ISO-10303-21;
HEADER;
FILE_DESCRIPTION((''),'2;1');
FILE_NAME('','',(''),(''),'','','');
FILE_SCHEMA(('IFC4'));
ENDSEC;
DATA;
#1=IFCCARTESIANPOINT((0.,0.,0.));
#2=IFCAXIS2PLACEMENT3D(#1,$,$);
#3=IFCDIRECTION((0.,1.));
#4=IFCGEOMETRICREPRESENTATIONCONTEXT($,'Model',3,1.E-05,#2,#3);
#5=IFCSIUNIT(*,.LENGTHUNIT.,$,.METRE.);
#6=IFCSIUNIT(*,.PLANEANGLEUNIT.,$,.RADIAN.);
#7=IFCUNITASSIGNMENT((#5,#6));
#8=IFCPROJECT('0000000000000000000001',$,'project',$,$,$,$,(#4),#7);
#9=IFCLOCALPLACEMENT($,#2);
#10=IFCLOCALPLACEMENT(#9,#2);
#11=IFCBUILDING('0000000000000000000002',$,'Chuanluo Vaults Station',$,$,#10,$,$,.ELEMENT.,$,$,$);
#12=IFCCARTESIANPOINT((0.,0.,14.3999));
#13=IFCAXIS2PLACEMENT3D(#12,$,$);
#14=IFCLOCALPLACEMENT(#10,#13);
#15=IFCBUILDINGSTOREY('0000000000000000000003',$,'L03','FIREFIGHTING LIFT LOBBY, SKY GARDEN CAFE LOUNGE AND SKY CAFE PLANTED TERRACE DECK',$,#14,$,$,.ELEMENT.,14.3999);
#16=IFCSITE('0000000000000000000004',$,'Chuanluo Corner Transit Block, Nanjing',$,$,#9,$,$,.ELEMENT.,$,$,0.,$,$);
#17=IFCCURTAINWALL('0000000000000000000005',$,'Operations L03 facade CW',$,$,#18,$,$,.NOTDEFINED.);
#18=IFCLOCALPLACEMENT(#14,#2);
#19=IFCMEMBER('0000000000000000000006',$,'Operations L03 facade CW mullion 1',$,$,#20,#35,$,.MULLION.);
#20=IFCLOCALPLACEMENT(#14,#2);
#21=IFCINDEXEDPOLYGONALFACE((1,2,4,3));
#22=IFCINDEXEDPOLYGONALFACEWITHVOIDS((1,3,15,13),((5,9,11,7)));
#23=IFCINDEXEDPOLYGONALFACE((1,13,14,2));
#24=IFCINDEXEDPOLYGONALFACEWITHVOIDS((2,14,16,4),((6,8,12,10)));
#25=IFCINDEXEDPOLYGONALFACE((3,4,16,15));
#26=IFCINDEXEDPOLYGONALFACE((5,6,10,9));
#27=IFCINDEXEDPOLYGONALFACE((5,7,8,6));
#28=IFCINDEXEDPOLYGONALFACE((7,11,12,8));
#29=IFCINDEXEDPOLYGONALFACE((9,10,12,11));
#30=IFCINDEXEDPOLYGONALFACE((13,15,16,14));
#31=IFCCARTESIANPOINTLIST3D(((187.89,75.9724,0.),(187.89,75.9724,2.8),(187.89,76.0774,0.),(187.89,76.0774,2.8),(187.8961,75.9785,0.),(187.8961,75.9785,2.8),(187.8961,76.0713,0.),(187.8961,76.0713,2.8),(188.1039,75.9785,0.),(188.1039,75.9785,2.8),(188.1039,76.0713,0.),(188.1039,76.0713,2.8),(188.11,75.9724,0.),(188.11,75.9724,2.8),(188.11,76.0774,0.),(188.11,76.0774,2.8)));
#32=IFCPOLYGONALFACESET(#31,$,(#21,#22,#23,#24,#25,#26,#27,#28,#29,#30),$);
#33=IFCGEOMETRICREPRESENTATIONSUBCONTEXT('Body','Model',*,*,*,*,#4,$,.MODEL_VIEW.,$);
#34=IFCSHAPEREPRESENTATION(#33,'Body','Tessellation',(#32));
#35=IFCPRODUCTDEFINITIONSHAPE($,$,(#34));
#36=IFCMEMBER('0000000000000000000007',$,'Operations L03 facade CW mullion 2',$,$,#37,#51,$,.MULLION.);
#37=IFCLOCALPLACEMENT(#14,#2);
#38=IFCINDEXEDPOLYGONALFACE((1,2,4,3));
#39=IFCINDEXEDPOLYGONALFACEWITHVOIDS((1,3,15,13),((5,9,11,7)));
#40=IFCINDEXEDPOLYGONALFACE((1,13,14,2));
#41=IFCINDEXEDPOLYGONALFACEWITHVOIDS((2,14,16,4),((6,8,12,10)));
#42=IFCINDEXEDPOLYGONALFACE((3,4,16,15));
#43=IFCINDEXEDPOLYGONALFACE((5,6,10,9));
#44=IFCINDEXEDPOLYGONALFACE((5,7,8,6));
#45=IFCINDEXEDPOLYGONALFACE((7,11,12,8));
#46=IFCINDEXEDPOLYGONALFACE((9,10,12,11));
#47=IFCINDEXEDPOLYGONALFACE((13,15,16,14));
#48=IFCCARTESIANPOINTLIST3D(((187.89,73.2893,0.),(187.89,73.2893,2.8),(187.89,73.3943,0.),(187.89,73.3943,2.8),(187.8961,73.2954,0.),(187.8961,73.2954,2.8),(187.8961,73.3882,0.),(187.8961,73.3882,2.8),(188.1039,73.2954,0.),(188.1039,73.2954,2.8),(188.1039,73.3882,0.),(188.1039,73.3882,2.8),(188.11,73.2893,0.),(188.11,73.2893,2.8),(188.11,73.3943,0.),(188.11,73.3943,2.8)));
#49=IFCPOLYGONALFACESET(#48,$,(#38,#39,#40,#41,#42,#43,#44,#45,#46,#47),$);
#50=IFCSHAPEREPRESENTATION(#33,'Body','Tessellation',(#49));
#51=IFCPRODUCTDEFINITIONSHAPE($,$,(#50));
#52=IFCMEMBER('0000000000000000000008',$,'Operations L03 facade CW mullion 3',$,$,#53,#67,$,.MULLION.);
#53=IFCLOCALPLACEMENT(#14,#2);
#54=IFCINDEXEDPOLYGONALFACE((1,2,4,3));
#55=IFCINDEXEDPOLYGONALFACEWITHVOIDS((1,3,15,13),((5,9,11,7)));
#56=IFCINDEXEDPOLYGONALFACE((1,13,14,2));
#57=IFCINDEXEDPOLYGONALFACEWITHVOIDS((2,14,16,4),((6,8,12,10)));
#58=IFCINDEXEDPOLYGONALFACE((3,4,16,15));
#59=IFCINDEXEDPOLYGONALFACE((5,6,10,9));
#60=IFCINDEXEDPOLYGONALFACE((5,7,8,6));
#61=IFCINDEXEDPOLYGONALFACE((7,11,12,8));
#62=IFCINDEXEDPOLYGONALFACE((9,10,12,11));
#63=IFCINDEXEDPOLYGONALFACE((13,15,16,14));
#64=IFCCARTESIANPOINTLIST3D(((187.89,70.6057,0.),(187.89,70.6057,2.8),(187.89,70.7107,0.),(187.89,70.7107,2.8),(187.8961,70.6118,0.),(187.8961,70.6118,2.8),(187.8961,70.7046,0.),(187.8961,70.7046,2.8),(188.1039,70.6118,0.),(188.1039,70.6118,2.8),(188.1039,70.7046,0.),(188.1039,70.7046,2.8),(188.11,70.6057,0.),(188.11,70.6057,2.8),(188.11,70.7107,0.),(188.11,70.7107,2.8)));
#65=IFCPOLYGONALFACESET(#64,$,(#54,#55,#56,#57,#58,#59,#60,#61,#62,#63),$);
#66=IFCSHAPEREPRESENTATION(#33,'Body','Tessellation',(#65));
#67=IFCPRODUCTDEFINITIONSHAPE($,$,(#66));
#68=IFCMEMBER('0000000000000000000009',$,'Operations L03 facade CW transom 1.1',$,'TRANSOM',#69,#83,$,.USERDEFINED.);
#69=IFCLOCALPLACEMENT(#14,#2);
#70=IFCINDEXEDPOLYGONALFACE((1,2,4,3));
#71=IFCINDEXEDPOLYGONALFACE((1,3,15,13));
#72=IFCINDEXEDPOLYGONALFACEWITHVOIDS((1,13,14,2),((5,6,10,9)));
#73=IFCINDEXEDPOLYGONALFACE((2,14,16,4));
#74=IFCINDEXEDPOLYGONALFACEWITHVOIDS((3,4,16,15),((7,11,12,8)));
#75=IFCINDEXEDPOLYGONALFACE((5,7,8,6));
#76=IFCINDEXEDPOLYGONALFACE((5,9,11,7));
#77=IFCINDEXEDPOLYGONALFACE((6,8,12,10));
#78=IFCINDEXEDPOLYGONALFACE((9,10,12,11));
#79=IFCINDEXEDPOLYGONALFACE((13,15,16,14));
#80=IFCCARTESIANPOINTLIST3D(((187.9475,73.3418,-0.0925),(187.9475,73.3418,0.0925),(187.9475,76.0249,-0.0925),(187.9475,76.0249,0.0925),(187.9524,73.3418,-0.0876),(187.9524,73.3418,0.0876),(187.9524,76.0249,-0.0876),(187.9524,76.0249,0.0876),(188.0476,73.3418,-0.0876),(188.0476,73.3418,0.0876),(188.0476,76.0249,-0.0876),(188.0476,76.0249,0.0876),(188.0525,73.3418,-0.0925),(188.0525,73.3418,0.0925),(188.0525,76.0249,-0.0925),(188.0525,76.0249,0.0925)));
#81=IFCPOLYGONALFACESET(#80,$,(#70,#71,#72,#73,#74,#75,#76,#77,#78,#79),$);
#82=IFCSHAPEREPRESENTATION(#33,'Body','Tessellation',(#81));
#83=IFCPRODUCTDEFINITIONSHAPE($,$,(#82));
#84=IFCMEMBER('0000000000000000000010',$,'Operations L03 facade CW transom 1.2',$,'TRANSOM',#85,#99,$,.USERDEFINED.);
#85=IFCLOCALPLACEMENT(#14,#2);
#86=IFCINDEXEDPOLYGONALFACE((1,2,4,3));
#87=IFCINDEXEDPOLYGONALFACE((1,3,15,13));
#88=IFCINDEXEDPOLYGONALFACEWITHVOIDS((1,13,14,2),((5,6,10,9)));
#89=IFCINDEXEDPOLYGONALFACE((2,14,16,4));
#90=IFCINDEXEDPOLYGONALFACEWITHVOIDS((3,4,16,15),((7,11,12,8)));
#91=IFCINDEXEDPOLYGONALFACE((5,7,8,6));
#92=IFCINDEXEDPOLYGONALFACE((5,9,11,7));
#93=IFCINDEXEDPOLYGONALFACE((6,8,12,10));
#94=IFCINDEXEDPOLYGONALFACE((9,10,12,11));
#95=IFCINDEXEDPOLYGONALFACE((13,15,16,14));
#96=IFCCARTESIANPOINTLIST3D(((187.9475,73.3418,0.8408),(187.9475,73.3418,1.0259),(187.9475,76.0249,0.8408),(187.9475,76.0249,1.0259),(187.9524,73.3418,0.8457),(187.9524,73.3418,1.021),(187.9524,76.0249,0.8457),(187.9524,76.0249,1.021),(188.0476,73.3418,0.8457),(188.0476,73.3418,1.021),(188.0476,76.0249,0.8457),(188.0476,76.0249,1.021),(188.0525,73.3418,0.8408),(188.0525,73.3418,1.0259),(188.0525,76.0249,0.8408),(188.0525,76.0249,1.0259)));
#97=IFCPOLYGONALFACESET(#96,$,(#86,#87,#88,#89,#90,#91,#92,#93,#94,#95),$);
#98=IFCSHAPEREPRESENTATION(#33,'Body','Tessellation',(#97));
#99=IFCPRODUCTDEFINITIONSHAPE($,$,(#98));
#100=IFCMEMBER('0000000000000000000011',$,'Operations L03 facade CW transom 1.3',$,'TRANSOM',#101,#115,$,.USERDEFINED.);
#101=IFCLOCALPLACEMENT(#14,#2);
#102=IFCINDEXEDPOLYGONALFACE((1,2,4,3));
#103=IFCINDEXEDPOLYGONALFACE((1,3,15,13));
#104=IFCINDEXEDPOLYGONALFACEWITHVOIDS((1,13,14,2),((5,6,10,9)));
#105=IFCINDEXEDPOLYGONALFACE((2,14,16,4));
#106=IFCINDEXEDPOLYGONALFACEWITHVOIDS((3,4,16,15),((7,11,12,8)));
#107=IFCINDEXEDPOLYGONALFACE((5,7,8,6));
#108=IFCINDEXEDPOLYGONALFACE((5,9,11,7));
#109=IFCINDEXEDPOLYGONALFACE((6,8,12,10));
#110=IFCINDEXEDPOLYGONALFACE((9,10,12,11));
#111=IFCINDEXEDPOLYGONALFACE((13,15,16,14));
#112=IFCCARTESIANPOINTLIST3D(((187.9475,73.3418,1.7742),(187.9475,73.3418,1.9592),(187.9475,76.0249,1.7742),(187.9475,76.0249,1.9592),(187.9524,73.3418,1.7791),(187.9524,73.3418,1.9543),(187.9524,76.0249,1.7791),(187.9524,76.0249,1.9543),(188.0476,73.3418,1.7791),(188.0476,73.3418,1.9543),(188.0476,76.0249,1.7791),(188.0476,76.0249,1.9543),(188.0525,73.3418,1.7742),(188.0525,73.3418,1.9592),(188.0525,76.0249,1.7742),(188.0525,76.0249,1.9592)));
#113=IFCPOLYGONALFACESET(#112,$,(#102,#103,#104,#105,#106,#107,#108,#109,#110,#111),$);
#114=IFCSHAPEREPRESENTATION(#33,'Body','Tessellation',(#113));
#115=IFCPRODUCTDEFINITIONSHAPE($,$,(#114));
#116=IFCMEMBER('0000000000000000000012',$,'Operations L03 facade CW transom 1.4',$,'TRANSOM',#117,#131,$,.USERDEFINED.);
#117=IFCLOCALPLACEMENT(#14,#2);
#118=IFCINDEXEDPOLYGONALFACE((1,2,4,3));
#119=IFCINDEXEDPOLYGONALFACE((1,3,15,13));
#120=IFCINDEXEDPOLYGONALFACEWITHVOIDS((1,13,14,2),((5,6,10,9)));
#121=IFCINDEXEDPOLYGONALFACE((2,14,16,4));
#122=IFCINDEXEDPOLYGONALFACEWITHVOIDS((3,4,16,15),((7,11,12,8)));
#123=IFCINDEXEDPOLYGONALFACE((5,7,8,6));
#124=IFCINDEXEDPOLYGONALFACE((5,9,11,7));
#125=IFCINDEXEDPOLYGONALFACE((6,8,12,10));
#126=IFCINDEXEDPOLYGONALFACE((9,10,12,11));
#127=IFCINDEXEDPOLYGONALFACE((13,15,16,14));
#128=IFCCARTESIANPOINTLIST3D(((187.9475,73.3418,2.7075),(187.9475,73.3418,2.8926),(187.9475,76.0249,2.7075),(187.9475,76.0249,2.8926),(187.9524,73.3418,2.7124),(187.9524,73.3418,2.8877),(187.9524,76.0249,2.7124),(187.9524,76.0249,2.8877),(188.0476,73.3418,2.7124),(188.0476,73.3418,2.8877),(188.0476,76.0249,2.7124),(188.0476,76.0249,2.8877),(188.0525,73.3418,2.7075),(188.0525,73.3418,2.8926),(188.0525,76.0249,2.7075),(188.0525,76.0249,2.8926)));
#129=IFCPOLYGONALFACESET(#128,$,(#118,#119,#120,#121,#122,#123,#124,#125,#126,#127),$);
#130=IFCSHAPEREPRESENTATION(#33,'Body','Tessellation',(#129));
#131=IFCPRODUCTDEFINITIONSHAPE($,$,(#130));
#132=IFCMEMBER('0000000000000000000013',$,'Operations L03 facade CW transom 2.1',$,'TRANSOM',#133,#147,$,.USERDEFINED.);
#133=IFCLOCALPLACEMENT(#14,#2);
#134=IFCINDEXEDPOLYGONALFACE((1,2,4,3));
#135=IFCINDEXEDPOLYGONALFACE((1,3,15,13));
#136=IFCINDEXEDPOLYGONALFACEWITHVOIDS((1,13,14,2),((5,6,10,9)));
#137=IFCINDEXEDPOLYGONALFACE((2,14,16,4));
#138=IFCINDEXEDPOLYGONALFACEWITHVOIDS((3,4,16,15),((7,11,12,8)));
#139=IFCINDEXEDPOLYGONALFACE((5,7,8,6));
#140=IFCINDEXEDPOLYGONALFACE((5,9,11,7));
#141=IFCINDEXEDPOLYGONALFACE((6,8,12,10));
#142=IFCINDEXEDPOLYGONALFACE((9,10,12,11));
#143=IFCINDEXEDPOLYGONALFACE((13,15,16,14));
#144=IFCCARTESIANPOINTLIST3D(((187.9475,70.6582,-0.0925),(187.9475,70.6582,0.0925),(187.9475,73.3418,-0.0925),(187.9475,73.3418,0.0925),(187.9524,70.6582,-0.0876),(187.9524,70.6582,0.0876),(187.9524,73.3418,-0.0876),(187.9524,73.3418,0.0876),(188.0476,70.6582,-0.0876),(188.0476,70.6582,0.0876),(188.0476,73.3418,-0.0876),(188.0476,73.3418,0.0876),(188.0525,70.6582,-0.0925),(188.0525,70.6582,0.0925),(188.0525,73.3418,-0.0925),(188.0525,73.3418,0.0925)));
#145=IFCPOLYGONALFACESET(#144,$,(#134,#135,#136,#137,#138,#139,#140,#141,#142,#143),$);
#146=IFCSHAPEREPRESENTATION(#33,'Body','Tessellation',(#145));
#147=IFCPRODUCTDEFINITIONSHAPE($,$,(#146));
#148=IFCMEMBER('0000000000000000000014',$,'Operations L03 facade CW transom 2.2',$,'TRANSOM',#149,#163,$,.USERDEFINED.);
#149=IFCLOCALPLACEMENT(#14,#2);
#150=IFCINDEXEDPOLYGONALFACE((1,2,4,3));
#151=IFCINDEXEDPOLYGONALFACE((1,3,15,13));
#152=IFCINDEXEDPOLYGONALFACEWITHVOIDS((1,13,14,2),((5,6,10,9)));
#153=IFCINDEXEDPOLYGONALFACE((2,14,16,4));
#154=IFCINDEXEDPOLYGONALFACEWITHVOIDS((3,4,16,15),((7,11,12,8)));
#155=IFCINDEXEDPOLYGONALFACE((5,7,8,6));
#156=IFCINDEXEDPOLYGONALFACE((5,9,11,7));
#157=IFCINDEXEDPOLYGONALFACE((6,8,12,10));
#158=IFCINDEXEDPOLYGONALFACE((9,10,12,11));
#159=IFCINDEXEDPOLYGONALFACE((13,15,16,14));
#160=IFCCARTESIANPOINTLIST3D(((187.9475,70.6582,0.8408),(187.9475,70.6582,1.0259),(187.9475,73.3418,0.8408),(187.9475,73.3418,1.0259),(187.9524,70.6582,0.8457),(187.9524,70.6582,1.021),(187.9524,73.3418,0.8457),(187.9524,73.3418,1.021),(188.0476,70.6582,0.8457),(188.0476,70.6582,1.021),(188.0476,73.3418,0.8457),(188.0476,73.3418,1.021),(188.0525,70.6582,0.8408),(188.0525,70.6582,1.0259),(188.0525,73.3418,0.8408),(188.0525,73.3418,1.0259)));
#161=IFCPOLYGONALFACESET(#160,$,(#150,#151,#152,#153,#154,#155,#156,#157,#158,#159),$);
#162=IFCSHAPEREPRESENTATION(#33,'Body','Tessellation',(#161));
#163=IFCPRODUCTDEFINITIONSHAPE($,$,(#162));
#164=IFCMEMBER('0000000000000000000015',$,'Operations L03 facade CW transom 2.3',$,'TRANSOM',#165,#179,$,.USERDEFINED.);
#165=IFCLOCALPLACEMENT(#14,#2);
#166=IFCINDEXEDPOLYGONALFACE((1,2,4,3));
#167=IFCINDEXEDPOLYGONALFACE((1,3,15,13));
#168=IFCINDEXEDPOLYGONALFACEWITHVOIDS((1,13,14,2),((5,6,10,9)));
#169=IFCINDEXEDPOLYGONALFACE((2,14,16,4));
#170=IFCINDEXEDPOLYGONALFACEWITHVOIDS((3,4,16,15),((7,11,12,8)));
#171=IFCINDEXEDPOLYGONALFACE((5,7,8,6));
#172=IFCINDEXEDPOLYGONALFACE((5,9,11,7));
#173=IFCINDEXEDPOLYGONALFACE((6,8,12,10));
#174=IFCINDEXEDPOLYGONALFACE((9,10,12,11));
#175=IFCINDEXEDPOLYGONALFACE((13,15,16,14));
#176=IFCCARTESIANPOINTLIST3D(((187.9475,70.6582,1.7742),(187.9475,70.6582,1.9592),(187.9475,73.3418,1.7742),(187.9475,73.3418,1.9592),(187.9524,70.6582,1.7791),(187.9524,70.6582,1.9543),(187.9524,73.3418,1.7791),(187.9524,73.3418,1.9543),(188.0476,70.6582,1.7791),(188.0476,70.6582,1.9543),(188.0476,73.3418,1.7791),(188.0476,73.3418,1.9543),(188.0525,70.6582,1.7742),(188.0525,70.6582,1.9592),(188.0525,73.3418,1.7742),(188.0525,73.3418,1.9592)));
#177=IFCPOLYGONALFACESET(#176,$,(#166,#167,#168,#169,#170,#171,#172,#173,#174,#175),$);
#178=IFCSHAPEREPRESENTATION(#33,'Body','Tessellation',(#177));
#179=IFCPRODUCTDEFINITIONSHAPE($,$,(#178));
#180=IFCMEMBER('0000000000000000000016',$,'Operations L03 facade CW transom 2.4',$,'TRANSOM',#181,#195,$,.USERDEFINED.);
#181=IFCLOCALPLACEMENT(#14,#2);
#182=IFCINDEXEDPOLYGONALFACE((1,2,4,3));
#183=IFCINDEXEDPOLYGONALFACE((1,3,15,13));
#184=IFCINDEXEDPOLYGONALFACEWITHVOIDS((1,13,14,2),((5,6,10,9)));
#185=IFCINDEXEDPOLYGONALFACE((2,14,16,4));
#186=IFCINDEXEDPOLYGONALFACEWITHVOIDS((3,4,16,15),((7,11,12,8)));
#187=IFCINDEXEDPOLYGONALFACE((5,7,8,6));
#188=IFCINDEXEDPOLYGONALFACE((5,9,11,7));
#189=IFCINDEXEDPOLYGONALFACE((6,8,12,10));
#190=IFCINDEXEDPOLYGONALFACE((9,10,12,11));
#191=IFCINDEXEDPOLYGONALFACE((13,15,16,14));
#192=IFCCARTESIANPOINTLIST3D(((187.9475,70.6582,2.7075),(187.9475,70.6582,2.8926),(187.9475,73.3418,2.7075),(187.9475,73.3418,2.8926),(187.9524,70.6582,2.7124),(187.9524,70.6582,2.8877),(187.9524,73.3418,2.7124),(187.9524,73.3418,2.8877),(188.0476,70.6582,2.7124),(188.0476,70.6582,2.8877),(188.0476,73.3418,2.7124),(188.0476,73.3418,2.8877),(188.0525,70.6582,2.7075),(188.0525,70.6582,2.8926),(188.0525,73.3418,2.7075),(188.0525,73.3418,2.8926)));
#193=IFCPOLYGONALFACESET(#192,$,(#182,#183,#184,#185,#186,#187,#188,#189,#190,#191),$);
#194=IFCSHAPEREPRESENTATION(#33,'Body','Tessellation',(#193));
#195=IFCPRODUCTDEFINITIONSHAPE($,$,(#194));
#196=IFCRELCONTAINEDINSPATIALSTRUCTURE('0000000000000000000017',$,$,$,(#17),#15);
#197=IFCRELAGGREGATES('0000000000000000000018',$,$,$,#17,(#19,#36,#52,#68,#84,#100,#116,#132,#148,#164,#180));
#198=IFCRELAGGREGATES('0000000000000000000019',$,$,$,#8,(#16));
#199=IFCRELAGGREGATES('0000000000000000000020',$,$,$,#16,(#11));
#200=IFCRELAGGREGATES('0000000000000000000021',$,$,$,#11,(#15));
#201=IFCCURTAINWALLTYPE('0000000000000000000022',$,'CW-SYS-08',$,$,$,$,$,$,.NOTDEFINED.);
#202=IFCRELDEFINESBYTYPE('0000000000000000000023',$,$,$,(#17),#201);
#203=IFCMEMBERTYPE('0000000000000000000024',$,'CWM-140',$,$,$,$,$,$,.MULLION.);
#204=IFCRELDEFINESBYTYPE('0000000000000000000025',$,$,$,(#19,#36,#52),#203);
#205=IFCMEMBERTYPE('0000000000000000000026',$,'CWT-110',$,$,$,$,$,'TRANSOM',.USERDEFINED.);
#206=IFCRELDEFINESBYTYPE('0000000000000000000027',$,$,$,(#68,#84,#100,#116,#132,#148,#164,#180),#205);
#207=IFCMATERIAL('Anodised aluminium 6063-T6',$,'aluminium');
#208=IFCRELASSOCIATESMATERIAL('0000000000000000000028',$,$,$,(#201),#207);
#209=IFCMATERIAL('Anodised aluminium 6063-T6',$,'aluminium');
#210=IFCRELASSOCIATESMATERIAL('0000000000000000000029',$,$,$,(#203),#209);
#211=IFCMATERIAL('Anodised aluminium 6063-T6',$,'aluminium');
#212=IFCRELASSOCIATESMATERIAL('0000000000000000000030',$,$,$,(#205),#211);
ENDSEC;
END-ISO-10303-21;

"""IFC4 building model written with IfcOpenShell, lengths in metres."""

from ifc_helpers import new_model, si_unit, direction, frame, origin, origin_2d, place, context, subcontext, project, spatial, hollow_rectangle, extrude, material, material_profile, profile_set, type_object, element, aggregate, save


model = new_model("IFC4")

# Units and contexts
model_context = context("Model", 3, precision=1e-05, world=origin(), true_north=direction((0.0, 1.0)))
body_context = subcontext(model_context, "Body", "Model", "MODEL_VIEW")
ifc_project = project(units=[si_unit("LENGTHUNIT", "METRE"), si_unit("PLANEANGLEUNIT", "RADIAN")], contexts=[model_context])

# Site, building, storey
site_placement = place(None, origin())
site = spatial("IfcSite", under=ifc_project, at=site_placement, Name="Chuanluo Corner Transit Block, Nanjing", CompositionType="ELEMENT", RefElevation=0.0)
building_placement = place(site_placement, origin())
building = spatial("IfcBuilding", under=site, at=building_placement, Name="Chuanluo Vaults Station", CompositionType="ELEMENT")
storey_placement = place(building_placement, frame((0.0, 0.0, 14.3999)))
storey = spatial("IfcBuildingStorey", under=building, at=storey_placement, Name="L03", Description="FIREFIGHTING LIFT LOBBY, SKY GARDEN CAFE LOUNGE AND SKY CAFE PLANTED TERRACE DECK", CompositionType="ELEMENT", Elevation=14.3999)

# Curtain wall, members
ifc_material_1 = material(Name="Anodised aluminium 6063-T6", Category="aluminium")
curtain_wall_type = type_object("IfcCurtainWallType", Name="CW-SYS-08", PredefinedType="NOTDEFINED", material=ifc_material_1)
curtain_wall_placement = place(storey_placement, origin())
curtain_wall = element("IfcCurtainWall", 1, at=curtain_wall_placement, inside=storey, type_object=curtain_wall_type, Name="Operations L03 facade CW", PredefinedType="NOTDEFINED")
ifc_material_2 = material(Name="Anodised aluminium 6063-T6", Category="aluminium")
ifc_material_profile_1 = material_profile(ifc_material_2, hollow_rectangle(XDim=0.105, YDim=0.22, WallThickness=0.0061, at=origin_2d()))
ifc_profile_set_1 = profile_set([ifc_material_profile_1], Name="Anodised aluminium 6063-T6")
member_type_1 = type_object("IfcMemberType", Name="CWM-140", PredefinedType="MULLION", material=ifc_profile_set_1)
member_1_placement = place(storey_placement, frame((188.0, 76.0249, 0.0), z_axis=(0.0, 0.0, 1.0), x_axis=(0.0, -1.0, 0.0)))
member_1 = element("IfcMember", 2, at=member_1_placement, type_object=member_type_1, Name="Operations L03 facade CW mullion 1", PredefinedType="MULLION", context=body_context, shape_type="SweptSolid", body=[
    extrude(hollow_rectangle(XDim=0.105, YDim=0.22, WallThickness=0.0061, at=origin_2d()), origin(), (0.0, 0.0, 1.0), 2.8),
])
member_2_placement = place(storey_placement, frame((188.0, 73.3418, 0.0), z_axis=(0.0, 0.0, 1.0), x_axis=(0.0, -1.0, 0.0)))
member_2 = element("IfcMember", 3, at=member_2_placement, type_object=member_type_1, Name="Operations L03 facade CW mullion 2", PredefinedType="MULLION", context=body_context, shape_type="SweptSolid", body=[
    extrude(hollow_rectangle(XDim=0.105, YDim=0.22, WallThickness=0.0061, at=origin_2d()), origin(), (0.0, 0.0, 1.0), 2.8),
])
member_3_placement = place(storey_placement, frame((188.0, 70.6582, 0.0), z_axis=(0.0, 0.0, 1.0), x_axis=(0.0, -1.0, 0.0)))
member_3 = element("IfcMember", 4, at=member_3_placement, type_object=member_type_1, Name="Operations L03 facade CW mullion 3", PredefinedType="MULLION", context=body_context, shape_type="SweptSolid", body=[
    extrude(hollow_rectangle(XDim=0.105, YDim=0.22, WallThickness=0.0061, at=origin_2d()), origin(), (0.0, 0.0, 1.0), 2.8),
])
ifc_material_3 = material(Name="Anodised aluminium 6063-T6", Category="aluminium")
ifc_material_profile_2 = material_profile(ifc_material_3, hollow_rectangle(XDim=0.105, YDim=0.1851, WallThickness=0.0049, at=origin_2d()))
ifc_profile_set_2 = profile_set([ifc_material_profile_2], Name="Anodised aluminium 6063-T6")
member_type_2 = type_object("IfcMemberType", Name="CWT-110", ElementType="TRANSOM", PredefinedType="USERDEFINED", material=ifc_profile_set_2)
member_4_placement = place(storey_placement, frame((188.0, 76.0249, 0.0), z_axis=(0.0, -1.0, 0.0), x_axis=(1.0, 0.0, 0.0)))
member_4 = element("IfcMember", 5, at=member_4_placement, type_object=member_type_2, Name="Operations L03 facade CW transom 1.1", ObjectType="TRANSOM", PredefinedType="USERDEFINED", context=body_context, shape_type="SweptSolid", body=[
    extrude(hollow_rectangle(XDim=0.105, YDim=0.1851, WallThickness=0.0049, at=origin_2d()), origin(), (0.0, 0.0, 1.0), 2.6831),
])
member_5_placement = place(storey_placement, frame((188.0, 76.0249, 0.9333), z_axis=(0.0, -1.0, 0.0), x_axis=(1.0, 0.0, 0.0)))
member_5 = element("IfcMember", 6, at=member_5_placement, type_object=member_type_2, Name="Operations L03 facade CW transom 1.2", ObjectType="TRANSOM", PredefinedType="USERDEFINED", context=body_context, shape_type="SweptSolid", body=[
    extrude(hollow_rectangle(XDim=0.105, YDim=0.1851, WallThickness=0.0049, at=origin_2d()), origin(), (0.0, 0.0, 1.0), 2.6831),
])
member_6_placement = place(storey_placement, frame((188.0, 76.0249, 1.8667), z_axis=(0.0, -1.0, 0.0), x_axis=(1.0, 0.0, 0.0)))
member_6 = element("IfcMember", 7, at=member_6_placement, type_object=member_type_2, Name="Operations L03 facade CW transom 1.3", ObjectType="TRANSOM", PredefinedType="USERDEFINED", context=body_context, shape_type="SweptSolid", body=[
    extrude(hollow_rectangle(XDim=0.105, YDim=0.1851, WallThickness=0.0049, at=origin_2d()), origin(), (0.0, 0.0, 1.0), 2.6831),
])
member_7_placement = place(storey_placement, frame((188.0, 76.0249, 2.8), z_axis=(0.0, -1.0, 0.0), x_axis=(1.0, 0.0, 0.0)))
member_7 = element("IfcMember", 8, at=member_7_placement, type_object=member_type_2, Name="Operations L03 facade CW transom 1.4", ObjectType="TRANSOM", PredefinedType="USERDEFINED", context=body_context, shape_type="SweptSolid", body=[
    extrude(hollow_rectangle(XDim=0.105, YDim=0.1851, WallThickness=0.0049, at=origin_2d()), origin(), (0.0, 0.0, 1.0), 2.6831),
])
member_8_placement = place(storey_placement, frame((188.0, 73.3418, 0.0), z_axis=(0.0, -1.0, 0.0), x_axis=(1.0, 0.0, 0.0)))
member_8 = element("IfcMember", 9, at=member_8_placement, type_object=member_type_2, Name="Operations L03 facade CW transom 2.1", ObjectType="TRANSOM", PredefinedType="USERDEFINED", context=body_context, shape_type="SweptSolid", body=[
    extrude(hollow_rectangle(XDim=0.105, YDim=0.1851, WallThickness=0.0049, at=origin_2d()), origin(), (0.0, 0.0, 1.0), 2.6836),
])
member_9_placement = place(storey_placement, frame((188.0, 73.3418, 0.9333), z_axis=(0.0, -1.0, 0.0), x_axis=(1.0, 0.0, 0.0)))
member_9 = element("IfcMember", 10, at=member_9_placement, type_object=member_type_2, Name="Operations L03 facade CW transom 2.2", ObjectType="TRANSOM", PredefinedType="USERDEFINED", context=body_context, shape_type="SweptSolid", body=[
    extrude(hollow_rectangle(XDim=0.105, YDim=0.1851, WallThickness=0.0049, at=origin_2d()), origin(), (0.0, 0.0, 1.0), 2.6836),
])
member_10_placement = place(storey_placement, frame((188.0, 73.3418, 1.8667), z_axis=(0.0, -1.0, 0.0), x_axis=(1.0, 0.0, 0.0)))
member_10 = element("IfcMember", 11, at=member_10_placement, type_object=member_type_2, Name="Operations L03 facade CW transom 2.3", ObjectType="TRANSOM", PredefinedType="USERDEFINED", context=body_context, shape_type="SweptSolid", body=[
    extrude(hollow_rectangle(XDim=0.105, YDim=0.1851, WallThickness=0.0049, at=origin_2d()), origin(), (0.0, 0.0, 1.0), 2.6836),
])
member_11_placement = place(storey_placement, frame((188.0, 73.3418, 2.8), z_axis=(0.0, -1.0, 0.0), x_axis=(1.0, 0.0, 0.0)))
member_11 = element("IfcMember", 12, at=member_11_placement, type_object=member_type_2, Name="Operations L03 facade CW transom 2.4", ObjectType="TRANSOM", PredefinedType="USERDEFINED", context=body_context, shape_type="SweptSolid", body=[
    extrude(hollow_rectangle(XDim=0.105, YDim=0.1851, WallThickness=0.0049, at=origin_2d()), origin(), (0.0, 0.0, 1.0), 2.6836),
])
aggregate(curtain_wall, [member_1, member_2, member_3, member_4, member_5, member_6, member_7, member_8, member_9, member_10, member_11])

save(model, "model.ifc")
